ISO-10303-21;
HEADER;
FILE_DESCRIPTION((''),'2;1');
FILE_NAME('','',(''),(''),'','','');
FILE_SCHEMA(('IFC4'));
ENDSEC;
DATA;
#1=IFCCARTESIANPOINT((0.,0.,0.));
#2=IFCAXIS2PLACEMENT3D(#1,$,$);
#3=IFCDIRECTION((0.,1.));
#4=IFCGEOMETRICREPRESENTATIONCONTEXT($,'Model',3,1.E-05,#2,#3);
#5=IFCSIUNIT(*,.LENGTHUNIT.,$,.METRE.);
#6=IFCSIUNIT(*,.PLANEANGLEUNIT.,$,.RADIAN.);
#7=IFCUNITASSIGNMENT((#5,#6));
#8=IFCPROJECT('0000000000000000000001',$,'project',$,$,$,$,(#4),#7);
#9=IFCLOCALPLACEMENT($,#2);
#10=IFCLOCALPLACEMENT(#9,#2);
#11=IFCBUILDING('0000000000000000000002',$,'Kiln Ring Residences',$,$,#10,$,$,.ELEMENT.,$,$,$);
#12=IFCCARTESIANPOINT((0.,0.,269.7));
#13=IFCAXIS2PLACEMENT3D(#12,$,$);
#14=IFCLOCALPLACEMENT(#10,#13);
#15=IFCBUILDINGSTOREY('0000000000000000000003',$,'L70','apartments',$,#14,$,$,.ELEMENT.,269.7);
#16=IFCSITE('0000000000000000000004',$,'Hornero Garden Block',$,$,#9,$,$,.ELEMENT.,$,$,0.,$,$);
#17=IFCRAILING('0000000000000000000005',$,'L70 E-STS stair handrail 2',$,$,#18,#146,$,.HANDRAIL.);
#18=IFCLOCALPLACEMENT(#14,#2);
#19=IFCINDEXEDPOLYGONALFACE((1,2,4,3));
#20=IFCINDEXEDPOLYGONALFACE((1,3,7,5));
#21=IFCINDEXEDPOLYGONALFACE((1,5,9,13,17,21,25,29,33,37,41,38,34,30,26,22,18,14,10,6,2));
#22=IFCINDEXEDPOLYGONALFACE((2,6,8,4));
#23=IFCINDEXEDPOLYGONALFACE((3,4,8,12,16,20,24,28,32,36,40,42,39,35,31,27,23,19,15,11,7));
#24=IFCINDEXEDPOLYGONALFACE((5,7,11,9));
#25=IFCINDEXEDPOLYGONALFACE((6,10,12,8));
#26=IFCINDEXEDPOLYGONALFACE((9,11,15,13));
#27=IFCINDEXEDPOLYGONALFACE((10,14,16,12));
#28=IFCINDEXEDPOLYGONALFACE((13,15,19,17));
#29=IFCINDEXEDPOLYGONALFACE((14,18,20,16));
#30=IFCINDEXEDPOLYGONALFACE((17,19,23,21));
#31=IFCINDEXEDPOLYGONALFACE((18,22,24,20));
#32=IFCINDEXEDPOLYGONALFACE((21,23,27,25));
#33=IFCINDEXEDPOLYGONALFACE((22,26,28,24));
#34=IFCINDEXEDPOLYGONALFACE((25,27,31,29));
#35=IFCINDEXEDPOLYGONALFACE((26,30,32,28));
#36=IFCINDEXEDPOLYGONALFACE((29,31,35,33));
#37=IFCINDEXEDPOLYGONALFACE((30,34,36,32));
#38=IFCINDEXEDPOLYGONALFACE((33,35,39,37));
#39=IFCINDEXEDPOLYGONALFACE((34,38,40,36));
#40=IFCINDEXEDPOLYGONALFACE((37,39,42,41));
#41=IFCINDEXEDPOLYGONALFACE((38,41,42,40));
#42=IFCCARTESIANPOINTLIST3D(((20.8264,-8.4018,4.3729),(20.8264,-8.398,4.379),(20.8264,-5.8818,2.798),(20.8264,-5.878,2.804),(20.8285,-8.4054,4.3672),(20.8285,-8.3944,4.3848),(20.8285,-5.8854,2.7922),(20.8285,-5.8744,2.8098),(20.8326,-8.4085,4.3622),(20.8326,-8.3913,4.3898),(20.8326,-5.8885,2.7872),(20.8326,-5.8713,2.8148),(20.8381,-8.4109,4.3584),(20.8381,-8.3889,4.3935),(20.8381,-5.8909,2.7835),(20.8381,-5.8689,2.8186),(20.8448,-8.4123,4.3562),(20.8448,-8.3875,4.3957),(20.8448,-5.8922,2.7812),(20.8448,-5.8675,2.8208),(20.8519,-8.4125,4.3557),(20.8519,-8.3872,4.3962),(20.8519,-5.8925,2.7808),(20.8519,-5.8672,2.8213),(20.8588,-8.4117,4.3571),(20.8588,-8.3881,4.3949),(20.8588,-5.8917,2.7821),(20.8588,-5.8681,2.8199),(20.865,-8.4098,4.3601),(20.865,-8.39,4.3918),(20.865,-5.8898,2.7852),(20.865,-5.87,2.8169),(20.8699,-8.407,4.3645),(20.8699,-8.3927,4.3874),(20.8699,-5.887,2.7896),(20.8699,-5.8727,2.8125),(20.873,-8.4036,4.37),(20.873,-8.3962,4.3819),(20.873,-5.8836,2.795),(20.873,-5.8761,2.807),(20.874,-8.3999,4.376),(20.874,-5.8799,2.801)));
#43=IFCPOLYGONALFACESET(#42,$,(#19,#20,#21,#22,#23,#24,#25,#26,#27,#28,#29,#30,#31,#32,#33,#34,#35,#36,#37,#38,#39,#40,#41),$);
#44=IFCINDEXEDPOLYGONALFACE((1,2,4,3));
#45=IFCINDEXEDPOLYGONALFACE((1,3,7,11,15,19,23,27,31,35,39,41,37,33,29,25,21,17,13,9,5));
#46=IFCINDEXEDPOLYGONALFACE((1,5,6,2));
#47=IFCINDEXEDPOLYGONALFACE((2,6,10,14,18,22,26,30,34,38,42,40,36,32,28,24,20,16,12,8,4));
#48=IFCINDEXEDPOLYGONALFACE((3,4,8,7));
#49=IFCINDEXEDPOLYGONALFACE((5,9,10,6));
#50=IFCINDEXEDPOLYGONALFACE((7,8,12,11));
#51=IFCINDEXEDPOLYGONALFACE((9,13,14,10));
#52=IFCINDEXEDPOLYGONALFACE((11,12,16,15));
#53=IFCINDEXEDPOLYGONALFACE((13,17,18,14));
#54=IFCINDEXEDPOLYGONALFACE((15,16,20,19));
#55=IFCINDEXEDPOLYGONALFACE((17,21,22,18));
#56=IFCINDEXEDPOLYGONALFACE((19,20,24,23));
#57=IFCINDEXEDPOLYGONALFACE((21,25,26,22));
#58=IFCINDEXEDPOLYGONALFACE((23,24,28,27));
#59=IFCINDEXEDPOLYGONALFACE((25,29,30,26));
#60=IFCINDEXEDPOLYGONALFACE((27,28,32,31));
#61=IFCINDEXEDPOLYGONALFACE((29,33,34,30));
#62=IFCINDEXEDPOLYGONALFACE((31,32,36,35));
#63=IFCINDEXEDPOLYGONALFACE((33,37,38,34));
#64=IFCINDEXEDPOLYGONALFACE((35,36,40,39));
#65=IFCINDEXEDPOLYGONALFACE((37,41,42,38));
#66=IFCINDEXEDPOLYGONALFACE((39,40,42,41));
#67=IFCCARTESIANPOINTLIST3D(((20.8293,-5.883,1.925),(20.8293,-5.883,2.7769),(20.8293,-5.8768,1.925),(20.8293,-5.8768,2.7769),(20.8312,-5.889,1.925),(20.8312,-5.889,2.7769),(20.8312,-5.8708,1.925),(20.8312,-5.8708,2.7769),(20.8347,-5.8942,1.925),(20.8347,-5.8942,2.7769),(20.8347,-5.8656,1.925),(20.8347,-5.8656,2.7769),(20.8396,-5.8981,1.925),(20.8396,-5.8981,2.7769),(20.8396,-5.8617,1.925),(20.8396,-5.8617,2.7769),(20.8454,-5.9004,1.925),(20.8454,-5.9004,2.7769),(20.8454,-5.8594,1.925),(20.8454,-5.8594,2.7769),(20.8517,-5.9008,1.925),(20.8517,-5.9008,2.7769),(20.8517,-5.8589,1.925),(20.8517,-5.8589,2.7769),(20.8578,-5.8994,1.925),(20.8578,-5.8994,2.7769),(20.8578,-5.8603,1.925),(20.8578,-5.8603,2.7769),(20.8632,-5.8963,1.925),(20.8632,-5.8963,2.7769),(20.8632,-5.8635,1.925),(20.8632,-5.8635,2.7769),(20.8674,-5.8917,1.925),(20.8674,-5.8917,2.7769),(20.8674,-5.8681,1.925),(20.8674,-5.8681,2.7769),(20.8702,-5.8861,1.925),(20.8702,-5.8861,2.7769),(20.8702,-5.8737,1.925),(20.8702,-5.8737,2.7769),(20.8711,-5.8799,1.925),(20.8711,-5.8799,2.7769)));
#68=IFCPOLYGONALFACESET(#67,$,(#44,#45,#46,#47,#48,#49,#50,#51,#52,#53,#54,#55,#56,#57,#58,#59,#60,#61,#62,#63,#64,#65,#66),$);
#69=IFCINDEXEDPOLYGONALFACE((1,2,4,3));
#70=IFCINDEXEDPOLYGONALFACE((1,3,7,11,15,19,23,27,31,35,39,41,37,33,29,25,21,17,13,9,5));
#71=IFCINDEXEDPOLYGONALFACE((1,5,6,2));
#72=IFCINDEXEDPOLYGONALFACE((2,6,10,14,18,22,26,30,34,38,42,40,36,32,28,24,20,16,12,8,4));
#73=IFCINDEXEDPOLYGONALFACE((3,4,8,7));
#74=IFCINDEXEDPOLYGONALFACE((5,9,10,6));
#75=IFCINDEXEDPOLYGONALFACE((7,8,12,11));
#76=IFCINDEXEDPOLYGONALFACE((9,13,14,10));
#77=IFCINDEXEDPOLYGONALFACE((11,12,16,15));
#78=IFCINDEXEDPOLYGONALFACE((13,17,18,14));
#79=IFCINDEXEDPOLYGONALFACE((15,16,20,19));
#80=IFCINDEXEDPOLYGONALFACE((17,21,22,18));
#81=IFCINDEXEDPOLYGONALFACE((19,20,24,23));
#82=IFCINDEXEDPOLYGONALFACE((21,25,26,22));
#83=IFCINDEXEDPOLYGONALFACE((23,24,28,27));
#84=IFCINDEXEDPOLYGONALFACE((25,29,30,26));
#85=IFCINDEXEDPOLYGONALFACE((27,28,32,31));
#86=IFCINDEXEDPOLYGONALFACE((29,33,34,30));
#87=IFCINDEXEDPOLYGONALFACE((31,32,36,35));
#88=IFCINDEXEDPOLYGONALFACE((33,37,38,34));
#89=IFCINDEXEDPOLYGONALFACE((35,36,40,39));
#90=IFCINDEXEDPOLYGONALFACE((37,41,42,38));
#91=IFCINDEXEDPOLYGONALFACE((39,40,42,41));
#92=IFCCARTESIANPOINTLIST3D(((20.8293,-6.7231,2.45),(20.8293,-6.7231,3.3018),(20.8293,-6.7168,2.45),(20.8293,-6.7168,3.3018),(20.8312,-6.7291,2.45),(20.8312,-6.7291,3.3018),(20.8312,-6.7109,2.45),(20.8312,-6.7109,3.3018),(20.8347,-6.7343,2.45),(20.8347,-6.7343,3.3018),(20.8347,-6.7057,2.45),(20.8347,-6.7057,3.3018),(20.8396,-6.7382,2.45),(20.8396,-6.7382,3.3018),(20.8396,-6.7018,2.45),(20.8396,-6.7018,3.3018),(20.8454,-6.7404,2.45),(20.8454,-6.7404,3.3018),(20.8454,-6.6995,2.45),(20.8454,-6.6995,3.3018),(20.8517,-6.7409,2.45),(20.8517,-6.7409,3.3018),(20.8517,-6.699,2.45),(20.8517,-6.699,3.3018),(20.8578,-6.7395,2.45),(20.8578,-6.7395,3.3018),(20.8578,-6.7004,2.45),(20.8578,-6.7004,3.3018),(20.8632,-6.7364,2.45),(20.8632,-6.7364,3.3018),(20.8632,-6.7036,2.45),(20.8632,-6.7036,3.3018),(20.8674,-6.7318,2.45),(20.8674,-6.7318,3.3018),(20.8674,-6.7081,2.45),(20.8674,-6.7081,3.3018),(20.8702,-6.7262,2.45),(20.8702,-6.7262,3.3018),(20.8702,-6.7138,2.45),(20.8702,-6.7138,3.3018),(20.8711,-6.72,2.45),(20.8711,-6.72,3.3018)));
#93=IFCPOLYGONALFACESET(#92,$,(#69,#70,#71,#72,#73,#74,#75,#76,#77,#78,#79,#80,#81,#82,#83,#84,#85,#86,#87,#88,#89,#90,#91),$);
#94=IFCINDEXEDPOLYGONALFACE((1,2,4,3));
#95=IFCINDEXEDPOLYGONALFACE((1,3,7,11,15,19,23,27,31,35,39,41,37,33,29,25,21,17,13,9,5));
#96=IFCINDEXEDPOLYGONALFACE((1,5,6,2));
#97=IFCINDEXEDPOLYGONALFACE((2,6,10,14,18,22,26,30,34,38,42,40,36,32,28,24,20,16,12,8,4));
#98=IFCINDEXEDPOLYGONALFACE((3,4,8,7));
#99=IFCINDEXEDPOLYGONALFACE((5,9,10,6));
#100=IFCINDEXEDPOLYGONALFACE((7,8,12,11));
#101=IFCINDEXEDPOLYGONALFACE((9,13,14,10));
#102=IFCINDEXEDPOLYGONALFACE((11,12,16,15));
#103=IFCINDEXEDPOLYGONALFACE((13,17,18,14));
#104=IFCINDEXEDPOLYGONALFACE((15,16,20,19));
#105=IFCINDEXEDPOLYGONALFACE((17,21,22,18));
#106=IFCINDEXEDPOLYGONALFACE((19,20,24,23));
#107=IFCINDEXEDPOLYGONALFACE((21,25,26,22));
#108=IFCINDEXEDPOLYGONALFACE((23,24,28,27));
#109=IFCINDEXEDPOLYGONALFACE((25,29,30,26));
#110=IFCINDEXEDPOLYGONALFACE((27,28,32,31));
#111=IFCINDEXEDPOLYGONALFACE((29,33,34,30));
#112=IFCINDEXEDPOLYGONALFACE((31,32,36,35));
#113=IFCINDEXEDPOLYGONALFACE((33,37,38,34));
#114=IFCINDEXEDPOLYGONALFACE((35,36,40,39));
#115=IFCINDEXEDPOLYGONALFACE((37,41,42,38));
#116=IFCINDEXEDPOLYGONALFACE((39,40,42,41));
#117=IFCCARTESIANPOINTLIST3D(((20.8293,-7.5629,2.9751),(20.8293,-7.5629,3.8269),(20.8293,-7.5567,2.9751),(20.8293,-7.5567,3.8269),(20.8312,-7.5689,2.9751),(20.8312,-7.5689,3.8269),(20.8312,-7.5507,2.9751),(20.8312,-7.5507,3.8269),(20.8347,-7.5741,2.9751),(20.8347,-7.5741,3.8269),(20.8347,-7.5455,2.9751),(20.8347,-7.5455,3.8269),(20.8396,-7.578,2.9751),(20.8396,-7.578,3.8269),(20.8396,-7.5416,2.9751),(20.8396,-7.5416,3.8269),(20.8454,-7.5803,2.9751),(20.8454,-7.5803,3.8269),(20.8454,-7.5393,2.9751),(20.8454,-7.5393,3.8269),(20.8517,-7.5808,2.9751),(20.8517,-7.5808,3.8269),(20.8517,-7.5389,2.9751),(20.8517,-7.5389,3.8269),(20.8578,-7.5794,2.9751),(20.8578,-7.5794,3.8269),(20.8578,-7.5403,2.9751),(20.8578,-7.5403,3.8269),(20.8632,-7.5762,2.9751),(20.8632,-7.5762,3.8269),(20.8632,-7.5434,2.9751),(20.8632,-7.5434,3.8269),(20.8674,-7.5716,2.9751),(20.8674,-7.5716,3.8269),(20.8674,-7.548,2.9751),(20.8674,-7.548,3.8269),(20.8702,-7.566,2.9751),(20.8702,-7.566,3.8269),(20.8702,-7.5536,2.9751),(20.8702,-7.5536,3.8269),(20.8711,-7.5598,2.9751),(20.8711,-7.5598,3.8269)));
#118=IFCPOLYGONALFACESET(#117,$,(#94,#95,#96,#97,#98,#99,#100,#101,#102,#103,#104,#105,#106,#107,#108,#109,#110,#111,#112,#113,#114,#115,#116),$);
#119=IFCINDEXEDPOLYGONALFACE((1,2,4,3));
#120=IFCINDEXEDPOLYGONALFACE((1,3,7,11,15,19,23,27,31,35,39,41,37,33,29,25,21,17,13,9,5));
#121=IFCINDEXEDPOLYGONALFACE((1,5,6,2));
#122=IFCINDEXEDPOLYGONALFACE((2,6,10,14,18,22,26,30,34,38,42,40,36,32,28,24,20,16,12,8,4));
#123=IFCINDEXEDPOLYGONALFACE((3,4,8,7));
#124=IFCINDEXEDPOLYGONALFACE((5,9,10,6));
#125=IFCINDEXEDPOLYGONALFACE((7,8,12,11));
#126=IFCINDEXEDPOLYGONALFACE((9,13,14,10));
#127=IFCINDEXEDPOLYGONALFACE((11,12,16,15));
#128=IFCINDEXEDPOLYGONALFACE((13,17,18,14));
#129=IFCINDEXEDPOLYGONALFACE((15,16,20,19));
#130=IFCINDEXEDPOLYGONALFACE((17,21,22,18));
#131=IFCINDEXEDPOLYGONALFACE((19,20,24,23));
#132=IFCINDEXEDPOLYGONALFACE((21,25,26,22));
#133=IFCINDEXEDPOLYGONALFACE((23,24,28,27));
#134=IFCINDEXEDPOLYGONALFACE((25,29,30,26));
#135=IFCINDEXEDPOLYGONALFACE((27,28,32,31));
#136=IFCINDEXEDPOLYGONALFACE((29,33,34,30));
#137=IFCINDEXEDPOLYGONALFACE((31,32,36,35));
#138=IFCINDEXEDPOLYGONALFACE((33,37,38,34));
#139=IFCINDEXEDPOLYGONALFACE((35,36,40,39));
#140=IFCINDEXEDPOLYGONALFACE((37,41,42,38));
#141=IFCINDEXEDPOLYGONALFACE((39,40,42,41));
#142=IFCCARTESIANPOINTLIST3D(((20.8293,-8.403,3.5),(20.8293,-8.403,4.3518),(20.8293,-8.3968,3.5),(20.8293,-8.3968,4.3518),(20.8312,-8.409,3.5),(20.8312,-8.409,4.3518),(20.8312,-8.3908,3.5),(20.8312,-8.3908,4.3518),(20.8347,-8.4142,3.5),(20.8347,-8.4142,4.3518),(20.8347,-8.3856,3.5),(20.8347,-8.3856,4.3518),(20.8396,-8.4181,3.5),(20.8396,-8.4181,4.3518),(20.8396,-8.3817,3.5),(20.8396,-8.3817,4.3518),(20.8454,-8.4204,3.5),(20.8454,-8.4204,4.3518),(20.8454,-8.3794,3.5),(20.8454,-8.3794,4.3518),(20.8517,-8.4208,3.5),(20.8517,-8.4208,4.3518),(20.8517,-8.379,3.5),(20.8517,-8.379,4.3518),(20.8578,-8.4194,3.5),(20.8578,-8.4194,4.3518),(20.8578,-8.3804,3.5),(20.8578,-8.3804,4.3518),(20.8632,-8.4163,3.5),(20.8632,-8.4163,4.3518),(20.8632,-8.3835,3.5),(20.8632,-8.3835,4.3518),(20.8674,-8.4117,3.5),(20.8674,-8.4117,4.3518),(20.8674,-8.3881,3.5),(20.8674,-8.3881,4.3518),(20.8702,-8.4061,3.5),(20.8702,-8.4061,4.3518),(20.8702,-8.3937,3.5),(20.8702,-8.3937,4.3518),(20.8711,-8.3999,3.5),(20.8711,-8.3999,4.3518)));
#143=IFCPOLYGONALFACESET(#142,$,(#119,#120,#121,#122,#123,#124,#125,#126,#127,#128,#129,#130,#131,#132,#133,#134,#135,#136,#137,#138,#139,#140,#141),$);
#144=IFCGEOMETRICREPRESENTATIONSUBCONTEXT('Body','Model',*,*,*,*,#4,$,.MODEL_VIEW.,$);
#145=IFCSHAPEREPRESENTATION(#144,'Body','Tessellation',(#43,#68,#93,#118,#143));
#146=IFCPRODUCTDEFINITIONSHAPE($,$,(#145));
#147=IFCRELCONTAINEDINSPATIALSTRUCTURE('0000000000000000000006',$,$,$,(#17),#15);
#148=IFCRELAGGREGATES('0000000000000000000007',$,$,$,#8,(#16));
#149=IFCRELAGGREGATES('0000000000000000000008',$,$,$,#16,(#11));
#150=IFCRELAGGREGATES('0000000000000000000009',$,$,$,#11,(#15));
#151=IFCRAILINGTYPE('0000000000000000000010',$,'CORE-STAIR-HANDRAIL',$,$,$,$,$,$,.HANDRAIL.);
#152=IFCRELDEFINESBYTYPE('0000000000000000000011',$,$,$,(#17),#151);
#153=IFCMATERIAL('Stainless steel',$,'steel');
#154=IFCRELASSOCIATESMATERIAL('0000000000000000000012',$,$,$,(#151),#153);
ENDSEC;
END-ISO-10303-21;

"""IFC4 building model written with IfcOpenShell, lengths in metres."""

from ifc_helpers import new_model, si_unit, direction, frame, origin, origin_2d, place, context, subcontext, project, spatial, circle, extrude, material, type_object, element, save


model = new_model("IFC4")

# Units and contexts
model_context = context("Model", 3, precision=1e-05, world=origin(), true_north=direction((0.0, 1.0)))
body_context = subcontext(model_context, "Body", "Model", "MODEL_VIEW")
ifc_project = project(units=[si_unit("LENGTHUNIT", "METRE"), si_unit("PLANEANGLEUNIT", "RADIAN")], contexts=[model_context])

# Site, building, storey
site_placement = place(None, origin())
site = spatial("IfcSite", under=ifc_project, at=site_placement, Name="Hornero Garden Block", CompositionType="ELEMENT", RefElevation=0.0)
building_placement = place(site_placement, origin())
building = spatial("IfcBuilding", under=site, at=building_placement, Name="Kiln Ring Residences", CompositionType="ELEMENT")
storey_placement = place(building_placement, frame((0.0, 0.0, 269.7)))
storey = spatial("IfcBuildingStorey", under=building, at=storey_placement, Name="L70", Description="apartments", CompositionType="ELEMENT", Elevation=269.7)

# Railing
ifc_material_1 = material(Name="Stainless steel", Category="steel")
railing_type_1 = type_object("IfcRailingType", Name="CORE-STAIR-HANDRAIL", PredefinedType="HANDRAIL", material=ifc_material_1)
railing_1_placement = place(storey_placement, frame((20.8501, -5.8799, 1.925)))
element("IfcRailing", 1, at=railing_1_placement, inside=storey, type_object=railing_type_1, Name="L70 E-STS stair handrail 2", PredefinedType="HANDRAIL", context=body_context, shape_type="SweptSolid", body=[
    extrude(circle(Radius=0.0239, at=origin_2d()), frame((0.0, 0.0, 0.876), z_axis=(0.0, -0.848008, 0.529984), x_axis=(1.0, 0.0, 0.0)), (0.0, 0.0, 1.0), 2.9717),
    extrude(circle(Radius=0.021, at=origin_2d()), origin(), (0.0, 0.0, 1.0), 0.8518),
    extrude(circle(Radius=0.021, at=origin_2d()), frame((0.0, -0.8401, 0.5249)), (0.0, 0.0, 1.0), 0.8518),
    extrude(circle(Radius=0.021, at=origin_2d()), frame((0.0, -1.6799, 1.05)), (0.0, 0.0, 1.0), 0.8518),
    extrude(circle(Radius=0.021, at=origin_2d()), frame((0.0, -2.52, 1.575)), (0.0, 0.0, 1.0), 0.8518),
])

save(model, "model.ifc")
